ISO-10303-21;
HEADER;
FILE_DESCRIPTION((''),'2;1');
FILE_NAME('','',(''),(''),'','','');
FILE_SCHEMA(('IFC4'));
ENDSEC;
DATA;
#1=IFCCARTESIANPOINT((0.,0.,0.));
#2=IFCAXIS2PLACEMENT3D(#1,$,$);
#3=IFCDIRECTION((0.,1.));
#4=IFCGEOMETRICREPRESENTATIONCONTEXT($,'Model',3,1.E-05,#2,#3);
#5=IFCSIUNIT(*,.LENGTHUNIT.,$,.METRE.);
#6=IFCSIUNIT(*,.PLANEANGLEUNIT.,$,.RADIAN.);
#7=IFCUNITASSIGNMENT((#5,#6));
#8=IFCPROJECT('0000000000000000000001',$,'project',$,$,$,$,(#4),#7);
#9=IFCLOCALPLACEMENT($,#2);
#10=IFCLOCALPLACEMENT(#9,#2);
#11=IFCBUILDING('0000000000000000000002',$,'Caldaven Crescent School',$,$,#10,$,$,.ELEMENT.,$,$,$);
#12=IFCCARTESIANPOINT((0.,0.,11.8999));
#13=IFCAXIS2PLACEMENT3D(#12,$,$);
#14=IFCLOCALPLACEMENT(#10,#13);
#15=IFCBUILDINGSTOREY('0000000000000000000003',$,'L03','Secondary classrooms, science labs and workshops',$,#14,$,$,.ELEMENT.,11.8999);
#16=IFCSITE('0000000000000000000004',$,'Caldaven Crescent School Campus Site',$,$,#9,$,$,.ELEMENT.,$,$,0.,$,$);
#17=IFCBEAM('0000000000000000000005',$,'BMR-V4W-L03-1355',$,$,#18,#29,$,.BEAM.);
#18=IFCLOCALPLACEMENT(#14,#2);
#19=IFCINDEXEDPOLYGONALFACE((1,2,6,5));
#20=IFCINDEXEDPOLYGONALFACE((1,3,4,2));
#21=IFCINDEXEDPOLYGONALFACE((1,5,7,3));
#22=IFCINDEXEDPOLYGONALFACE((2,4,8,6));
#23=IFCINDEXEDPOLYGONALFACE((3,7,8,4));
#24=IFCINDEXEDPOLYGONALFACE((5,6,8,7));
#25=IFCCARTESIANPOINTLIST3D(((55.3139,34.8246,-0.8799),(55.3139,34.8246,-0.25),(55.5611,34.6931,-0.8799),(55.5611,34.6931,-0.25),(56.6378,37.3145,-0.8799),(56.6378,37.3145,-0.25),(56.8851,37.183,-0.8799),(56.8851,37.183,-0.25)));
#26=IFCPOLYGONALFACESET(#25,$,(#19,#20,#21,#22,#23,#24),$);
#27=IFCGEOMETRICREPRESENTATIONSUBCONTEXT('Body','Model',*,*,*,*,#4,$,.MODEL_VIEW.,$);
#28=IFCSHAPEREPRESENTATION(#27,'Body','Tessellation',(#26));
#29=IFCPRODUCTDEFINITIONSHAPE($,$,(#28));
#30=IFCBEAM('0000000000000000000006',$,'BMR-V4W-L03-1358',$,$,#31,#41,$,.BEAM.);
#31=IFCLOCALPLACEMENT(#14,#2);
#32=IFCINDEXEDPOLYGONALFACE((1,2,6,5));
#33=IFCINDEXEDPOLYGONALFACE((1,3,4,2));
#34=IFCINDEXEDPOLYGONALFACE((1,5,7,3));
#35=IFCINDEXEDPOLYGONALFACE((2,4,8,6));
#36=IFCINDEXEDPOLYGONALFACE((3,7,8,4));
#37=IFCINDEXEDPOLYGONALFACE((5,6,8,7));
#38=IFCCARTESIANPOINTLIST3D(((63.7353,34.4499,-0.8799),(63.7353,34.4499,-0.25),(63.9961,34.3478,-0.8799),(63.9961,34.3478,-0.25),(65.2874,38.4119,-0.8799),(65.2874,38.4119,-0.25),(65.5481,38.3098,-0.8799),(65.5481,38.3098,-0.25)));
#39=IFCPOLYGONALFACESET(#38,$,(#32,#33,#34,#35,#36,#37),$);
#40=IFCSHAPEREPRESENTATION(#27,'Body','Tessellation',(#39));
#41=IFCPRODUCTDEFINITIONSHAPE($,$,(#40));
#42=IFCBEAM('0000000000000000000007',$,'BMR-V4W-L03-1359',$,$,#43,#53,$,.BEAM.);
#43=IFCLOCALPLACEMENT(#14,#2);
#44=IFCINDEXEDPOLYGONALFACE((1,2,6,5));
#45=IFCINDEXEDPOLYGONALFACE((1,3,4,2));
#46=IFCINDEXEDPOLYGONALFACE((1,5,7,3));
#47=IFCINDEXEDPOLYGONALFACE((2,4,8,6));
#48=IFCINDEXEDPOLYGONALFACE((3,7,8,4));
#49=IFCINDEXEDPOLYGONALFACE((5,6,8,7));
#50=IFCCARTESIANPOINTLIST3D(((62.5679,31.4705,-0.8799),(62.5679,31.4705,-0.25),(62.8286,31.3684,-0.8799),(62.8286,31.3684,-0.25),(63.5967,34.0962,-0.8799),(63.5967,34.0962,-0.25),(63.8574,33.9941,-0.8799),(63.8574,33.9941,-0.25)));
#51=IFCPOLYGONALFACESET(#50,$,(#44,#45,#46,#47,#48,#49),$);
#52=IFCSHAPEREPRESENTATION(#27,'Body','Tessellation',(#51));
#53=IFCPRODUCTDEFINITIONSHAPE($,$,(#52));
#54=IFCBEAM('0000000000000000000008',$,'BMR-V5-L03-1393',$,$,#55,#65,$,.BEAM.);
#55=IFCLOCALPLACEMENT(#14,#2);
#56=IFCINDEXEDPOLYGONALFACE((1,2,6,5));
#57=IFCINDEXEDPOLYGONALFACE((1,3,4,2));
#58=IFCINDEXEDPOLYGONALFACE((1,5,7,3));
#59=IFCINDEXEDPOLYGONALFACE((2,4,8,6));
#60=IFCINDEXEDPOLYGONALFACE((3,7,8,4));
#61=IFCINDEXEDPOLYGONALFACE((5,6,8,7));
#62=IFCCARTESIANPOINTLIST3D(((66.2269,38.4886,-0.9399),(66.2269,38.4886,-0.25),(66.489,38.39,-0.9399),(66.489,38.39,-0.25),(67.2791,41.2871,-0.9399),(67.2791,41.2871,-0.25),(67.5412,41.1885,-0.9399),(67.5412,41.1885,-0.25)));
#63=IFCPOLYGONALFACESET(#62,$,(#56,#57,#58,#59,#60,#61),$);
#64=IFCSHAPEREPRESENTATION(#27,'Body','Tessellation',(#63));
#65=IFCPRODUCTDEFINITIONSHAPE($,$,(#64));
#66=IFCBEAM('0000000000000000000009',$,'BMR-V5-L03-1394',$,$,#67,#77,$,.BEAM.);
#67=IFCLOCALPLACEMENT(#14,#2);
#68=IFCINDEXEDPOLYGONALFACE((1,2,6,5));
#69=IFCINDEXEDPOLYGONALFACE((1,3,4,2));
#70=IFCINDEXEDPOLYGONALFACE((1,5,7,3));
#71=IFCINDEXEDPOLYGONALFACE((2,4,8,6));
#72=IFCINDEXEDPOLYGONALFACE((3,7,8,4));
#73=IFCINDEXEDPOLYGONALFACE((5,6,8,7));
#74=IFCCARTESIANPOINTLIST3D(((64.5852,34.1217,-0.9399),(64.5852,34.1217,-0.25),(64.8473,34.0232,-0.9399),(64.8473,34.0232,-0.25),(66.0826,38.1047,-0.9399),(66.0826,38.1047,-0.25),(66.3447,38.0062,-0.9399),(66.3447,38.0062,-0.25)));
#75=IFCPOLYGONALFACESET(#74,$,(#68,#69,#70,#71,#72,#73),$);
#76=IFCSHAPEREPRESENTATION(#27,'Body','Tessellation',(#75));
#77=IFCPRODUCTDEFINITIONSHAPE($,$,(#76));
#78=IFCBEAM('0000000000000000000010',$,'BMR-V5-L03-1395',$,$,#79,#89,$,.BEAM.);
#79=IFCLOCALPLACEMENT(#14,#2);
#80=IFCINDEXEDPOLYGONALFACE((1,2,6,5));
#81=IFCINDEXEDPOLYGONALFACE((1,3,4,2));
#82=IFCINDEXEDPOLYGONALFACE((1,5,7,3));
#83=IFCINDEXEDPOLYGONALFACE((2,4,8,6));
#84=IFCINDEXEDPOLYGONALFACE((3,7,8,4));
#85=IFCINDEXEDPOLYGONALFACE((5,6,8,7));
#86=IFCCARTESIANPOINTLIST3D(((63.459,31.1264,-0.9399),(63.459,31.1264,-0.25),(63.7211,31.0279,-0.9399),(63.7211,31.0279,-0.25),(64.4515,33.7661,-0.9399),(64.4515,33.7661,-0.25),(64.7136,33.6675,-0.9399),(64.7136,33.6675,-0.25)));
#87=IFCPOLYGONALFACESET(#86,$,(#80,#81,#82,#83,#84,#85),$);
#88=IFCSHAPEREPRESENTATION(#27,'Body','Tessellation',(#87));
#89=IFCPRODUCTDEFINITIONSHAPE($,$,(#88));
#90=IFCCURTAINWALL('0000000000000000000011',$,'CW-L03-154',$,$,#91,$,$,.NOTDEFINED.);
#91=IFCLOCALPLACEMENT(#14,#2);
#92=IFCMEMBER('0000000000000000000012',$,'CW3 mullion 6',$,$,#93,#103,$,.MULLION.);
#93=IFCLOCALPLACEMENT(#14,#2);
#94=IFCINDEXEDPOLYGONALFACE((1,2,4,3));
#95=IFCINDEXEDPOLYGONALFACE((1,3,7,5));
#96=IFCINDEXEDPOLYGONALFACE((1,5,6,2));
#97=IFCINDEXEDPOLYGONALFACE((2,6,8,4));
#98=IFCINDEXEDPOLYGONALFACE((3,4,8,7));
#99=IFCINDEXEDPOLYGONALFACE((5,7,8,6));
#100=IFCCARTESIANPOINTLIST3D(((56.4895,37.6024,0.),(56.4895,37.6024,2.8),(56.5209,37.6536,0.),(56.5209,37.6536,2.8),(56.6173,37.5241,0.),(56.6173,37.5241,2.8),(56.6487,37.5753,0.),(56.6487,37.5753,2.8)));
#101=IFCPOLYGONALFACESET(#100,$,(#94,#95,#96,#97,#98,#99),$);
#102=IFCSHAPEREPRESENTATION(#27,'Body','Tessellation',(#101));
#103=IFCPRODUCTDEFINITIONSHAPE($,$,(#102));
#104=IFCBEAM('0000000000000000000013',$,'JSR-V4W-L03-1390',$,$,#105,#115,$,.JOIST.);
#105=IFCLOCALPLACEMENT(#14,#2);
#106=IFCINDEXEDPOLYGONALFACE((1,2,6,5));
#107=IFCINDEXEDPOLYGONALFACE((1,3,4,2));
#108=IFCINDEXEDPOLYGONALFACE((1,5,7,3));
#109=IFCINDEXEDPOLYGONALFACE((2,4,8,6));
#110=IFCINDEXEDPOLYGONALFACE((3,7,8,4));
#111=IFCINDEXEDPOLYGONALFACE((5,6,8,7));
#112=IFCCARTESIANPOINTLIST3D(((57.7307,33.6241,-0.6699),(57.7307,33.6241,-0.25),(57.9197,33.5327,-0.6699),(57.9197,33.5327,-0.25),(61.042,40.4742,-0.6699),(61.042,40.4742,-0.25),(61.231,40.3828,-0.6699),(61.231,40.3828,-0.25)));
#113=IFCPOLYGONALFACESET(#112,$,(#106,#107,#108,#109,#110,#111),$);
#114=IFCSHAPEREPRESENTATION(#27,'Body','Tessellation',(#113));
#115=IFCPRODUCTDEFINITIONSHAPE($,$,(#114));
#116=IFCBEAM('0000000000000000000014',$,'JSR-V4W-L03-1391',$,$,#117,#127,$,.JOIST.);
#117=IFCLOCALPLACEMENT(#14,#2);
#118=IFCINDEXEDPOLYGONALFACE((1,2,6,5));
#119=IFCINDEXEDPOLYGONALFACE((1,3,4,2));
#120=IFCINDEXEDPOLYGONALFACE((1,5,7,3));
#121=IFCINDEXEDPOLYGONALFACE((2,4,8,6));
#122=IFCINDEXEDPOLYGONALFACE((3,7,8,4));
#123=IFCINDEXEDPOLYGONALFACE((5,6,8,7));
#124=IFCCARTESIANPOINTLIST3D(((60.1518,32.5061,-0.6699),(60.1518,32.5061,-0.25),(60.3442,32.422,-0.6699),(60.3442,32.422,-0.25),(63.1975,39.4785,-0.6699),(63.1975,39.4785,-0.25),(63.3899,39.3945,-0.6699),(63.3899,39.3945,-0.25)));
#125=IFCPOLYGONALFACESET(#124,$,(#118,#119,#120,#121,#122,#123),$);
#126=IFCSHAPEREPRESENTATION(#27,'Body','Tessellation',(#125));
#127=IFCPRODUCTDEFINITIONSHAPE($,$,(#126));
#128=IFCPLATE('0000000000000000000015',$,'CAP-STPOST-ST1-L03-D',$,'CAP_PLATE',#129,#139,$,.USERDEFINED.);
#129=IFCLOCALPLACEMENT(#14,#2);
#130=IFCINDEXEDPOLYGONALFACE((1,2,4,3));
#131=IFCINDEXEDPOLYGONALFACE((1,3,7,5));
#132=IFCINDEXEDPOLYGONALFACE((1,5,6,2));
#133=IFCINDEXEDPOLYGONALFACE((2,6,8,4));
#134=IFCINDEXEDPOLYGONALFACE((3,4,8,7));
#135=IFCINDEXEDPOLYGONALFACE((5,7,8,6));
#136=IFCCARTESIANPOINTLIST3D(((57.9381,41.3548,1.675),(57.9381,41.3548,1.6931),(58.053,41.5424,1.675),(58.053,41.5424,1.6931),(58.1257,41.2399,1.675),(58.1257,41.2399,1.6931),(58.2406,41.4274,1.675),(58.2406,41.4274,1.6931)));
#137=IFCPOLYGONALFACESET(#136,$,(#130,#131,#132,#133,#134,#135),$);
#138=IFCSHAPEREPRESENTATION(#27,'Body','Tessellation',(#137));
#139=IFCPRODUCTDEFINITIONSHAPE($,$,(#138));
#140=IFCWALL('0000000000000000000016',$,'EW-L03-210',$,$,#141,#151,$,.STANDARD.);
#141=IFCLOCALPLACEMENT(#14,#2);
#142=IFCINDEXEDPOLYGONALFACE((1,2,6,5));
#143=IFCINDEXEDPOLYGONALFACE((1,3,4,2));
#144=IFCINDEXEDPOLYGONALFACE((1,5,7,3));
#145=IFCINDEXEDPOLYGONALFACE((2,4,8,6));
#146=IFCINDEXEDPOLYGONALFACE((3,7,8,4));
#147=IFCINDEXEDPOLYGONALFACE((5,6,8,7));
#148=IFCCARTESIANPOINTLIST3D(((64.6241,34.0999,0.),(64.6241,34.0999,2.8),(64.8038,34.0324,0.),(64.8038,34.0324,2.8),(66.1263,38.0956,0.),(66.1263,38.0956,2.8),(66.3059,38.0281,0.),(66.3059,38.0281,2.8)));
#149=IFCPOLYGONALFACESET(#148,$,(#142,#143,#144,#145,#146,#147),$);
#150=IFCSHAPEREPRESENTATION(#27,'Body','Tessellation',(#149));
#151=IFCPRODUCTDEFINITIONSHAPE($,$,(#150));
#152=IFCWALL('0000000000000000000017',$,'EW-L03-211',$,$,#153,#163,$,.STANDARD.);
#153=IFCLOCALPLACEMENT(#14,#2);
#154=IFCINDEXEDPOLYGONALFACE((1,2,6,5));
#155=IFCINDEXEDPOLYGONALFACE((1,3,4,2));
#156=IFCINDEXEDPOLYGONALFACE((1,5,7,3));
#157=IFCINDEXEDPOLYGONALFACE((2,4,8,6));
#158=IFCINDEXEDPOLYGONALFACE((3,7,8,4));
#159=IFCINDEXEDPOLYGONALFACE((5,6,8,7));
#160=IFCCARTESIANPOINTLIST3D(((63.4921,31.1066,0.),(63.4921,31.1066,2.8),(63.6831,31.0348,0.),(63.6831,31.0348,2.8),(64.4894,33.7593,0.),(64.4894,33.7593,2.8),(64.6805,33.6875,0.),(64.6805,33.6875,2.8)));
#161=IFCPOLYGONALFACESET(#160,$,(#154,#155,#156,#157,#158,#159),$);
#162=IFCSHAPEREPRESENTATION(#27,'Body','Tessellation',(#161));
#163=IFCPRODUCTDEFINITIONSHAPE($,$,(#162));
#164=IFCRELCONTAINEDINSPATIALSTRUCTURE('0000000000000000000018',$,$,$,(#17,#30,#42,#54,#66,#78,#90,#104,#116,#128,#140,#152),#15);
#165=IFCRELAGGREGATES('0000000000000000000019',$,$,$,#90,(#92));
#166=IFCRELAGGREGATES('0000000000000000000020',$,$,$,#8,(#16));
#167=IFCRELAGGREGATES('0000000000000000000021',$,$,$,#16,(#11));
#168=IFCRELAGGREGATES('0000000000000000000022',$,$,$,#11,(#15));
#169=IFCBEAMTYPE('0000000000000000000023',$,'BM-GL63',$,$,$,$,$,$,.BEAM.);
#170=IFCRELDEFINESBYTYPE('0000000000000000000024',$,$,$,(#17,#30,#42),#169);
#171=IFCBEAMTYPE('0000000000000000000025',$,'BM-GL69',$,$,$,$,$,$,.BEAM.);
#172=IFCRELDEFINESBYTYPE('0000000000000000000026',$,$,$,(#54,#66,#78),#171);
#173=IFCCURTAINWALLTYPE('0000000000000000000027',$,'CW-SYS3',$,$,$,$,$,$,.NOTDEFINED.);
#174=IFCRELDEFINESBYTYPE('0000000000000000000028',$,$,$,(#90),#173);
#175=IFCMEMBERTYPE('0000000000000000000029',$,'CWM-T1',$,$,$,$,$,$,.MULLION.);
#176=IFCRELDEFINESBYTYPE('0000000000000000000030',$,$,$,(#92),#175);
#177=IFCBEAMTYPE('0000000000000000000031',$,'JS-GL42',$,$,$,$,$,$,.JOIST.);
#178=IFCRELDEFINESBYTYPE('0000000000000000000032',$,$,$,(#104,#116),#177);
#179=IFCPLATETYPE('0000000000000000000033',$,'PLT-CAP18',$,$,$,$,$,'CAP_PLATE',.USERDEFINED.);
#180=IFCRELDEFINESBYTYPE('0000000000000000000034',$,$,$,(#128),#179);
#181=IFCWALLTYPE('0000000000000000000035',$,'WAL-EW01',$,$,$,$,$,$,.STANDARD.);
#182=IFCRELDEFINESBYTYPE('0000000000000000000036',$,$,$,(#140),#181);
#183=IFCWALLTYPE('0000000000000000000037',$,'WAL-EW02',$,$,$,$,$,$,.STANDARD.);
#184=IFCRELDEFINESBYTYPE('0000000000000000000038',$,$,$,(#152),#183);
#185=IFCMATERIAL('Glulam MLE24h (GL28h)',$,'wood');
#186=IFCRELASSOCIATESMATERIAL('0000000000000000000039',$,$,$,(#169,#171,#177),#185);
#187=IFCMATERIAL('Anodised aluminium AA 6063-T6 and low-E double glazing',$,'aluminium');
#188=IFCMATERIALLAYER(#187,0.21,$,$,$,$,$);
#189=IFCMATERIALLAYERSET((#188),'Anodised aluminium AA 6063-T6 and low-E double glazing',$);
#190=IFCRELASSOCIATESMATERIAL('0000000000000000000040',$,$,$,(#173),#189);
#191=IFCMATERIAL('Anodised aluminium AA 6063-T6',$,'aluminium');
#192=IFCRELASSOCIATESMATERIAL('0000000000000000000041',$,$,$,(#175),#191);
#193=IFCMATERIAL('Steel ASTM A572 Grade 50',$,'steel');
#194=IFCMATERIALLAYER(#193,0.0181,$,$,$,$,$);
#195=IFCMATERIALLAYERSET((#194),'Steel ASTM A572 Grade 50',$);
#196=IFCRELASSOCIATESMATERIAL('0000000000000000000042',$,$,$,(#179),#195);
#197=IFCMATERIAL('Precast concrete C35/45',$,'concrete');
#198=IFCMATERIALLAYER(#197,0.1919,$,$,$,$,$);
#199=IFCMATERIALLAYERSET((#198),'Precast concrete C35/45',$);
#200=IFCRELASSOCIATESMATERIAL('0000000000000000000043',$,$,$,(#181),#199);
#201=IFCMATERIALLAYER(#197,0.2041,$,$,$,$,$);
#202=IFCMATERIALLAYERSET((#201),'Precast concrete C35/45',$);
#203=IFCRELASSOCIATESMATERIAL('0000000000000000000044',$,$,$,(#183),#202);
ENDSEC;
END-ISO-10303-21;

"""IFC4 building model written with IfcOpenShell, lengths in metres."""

from ifc_helpers import new_model, si_unit, direction, frame, frame_2d, origin, origin_2d, place, context, subcontext, project, spatial, rectangle, extrude, material, layer, layer_set, material_profile, profile_set, type_object, element, aggregate, save


model = new_model("IFC4")

# Units and contexts
model_context = context("Model", 3, precision=1e-05, world=origin(), true_north=direction((0.0, 1.0)))
body_context = subcontext(model_context, "Body", "Model", "MODEL_VIEW")
ifc_project = project(units=[si_unit("LENGTHUNIT", "METRE"), si_unit("PLANEANGLEUNIT", "RADIAN")], contexts=[model_context])

# Site, building, storey
site_placement = place(None, origin())
site = spatial("IfcSite", under=ifc_project, at=site_placement, Name="Caldaven Crescent School Campus Site", CompositionType="ELEMENT", RefElevation=0.0)
building_placement = place(site_placement, origin())
building = spatial("IfcBuilding", under=site, at=building_placement, Name="Caldaven Crescent School", CompositionType="ELEMENT")
storey_placement = place(building_placement, frame((0.0, 0.0, 11.8999)))
storey = spatial("IfcBuildingStorey", under=building, at=storey_placement, Name="L03", Description="Secondary classrooms, science labs and workshops", CompositionType="ELEMENT", Elevation=11.8999)

# Shared definitions
ifc_material_1 = material(Name="Glulam MLE24h (GL28h)", Category="wood")
ifc_material_2 = material(Name="Steel ASTM A572 Grade 50", Category="steel")

# Beams
ifc_material_profile_1 = material_profile(ifc_material_1, rectangle(XDim=0.28, YDim=0.6299, at=origin_2d()), Name="MLE 280x630")
ifc_profile_set_1 = profile_set([ifc_material_profile_1], Name="Glulam MLE24h (GL28h)")
beam_type_1 = type_object("IfcBeamType", Name="BM-GL63", PredefinedType="BEAM", material=ifc_profile_set_1)
beam_1_placement = place(storey_placement, frame((56.7615, 37.2488, -0.5649), z_axis=(-0.469478, -0.882944, 0.0), x_axis=(0.882944, -0.469478, 0.0)))
element("IfcBeam", 1, at=beam_1_placement, inside=storey, type_object=beam_type_1, Name="BMR-V4W-L03-1355", PredefinedType="BEAM", context=body_context, shape_type="SweptSolid", body=[
    extrude(rectangle(XDim=0.28, YDim=0.6299, at=origin_2d()), origin(), (0.0, 0.0, 1.0), 2.8201),
])
beam_2_placement = place(storey_placement, frame((65.4177, 38.3608, -0.5649), z_axis=(-0.364743, -0.931108, 0.0), x_axis=(0.931108, -0.364743, 0.0)))
element("IfcBeam", 2, at=beam_2_placement, inside=storey, type_object=beam_type_1, Name="BMR-V4W-L03-1358", PredefinedType="BEAM", context=body_context, shape_type="SweptSolid", body=[
    extrude(rectangle(XDim=0.28, YDim=0.6299, at=origin_2d()), origin(), (0.0, 0.0, 1.0), 4.2551),
])
beam_3_placement = place(storey_placement, frame((63.7271, 34.0452, -0.5649), z_axis=(-0.364814, -0.93108, 0.0), x_axis=(0.93108, -0.364814, 0.0)))
element("IfcBeam", 3, at=beam_3_placement, inside=storey, type_object=beam_type_1, Name="BMR-V4W-L03-1359", PredefinedType="BEAM", context=body_context, shape_type="SweptSolid", body=[
    extrude(rectangle(XDim=0.28, YDim=0.6299, at=origin_2d()), origin(), (0.0, 0.0, 1.0), 2.8201),
])
ifc_material_profile_2 = material_profile(ifc_material_1, rectangle(XDim=0.28, YDim=0.6899, at=origin_2d()), Name="MLE 280x690")
ifc_profile_set_2 = profile_set([ifc_material_profile_2], Name="Glulam MLE24h (GL28h)")
beam_type_2 = type_object("IfcBeamType", Name="BM-GL69", PredefinedType="BEAM", material=ifc_profile_set_2)
beam_4_placement = place(storey_placement, frame((67.4102, 41.2378, -0.595), z_axis=(-0.351938, -0.936023, 0.0), x_axis=(0.936023, -0.351938, 0.0)))
element("IfcBeam", 4, at=beam_4_placement, inside=storey, type_object=beam_type_2, Name="BMR-V5-L03-1393", PredefinedType="BEAM", context=body_context, shape_type="SweptSolid", body=[
    extrude(rectangle(XDim=0.28, YDim=0.6899, at=origin_2d()), origin(), (0.0, 0.0, 1.0), 2.9897),
])
beam_5_placement = place(storey_placement, frame((66.2136, 38.0554, -0.595), z_axis=(-0.35189, -0.936041, 0.0), x_axis=(0.936041, -0.35189, 0.0)))
element("IfcBeam", 5, at=beam_5_placement, inside=storey, type_object=beam_type_2, Name="BMR-V5-L03-1394", PredefinedType="BEAM", context=body_context, shape_type="SweptSolid", body=[
    extrude(rectangle(XDim=0.28, YDim=0.6899, at=origin_2d()), origin(), (0.0, 0.0, 1.0), 4.2551),
])
beam_6_placement = place(storey_placement, frame((64.5825, 33.7168, -0.595), z_axis=(-0.35192, -0.93603, 0.0), x_axis=(0.93603, -0.35192, 0.0)))
element("IfcBeam", 6, at=beam_6_placement, inside=storey, type_object=beam_type_2, Name="BMR-V5-L03-1395", PredefinedType="BEAM", context=body_context, shape_type="SweptSolid", body=[
    extrude(rectangle(XDim=0.28, YDim=0.6899, at=origin_2d()), origin(), (0.0, 0.0, 1.0), 2.8201),
])

# Curtain wall, member
ifc_material_3 = material(Name="Anodised aluminium AA 6063-T6 and low-E double glazing", Category="aluminium")
ifc_layer_1 = layer(ifc_material_3, 0.21)
ifc_layer_set_1 = layer_set([ifc_layer_1], Name="Anodised aluminium AA 6063-T6 and low-E double glazing")
curtain_wall_type = type_object("IfcCurtainWallType", Name="CW-SYS3", PredefinedType="NOTDEFINED", material=ifc_layer_set_1)
curtain_wall_placement = place(storey_placement, origin())
curtain_wall = element("IfcCurtainWall", 7, at=curtain_wall_placement, inside=storey, type_object=curtain_wall_type, Name="CW-L03-154", PredefinedType="NOTDEFINED")
ifc_material_4 = material(Name="Anodised aluminium AA 6063-T6", Category="aluminium")
ifc_material_profile_3 = material_profile(ifc_material_4, rectangle(XDim=0.0601, YDim=0.1499, at=origin_2d()), Name="CWM 60x150")
ifc_profile_set_3 = profile_set([ifc_material_profile_3], Name="Anodised aluminium AA 6063-T6")
member_type = type_object("IfcMemberType", Name="CWM-T1", PredefinedType="MULLION", material=ifc_profile_set_3)
member_placement = place(storey_placement, frame((56.5691, 37.5889, 0.0), z_axis=(0.0, 0.0, 1.0), x_axis=(0.522498, 0.85264, 0.0)))
member = element("IfcMember", 8, at=member_placement, type_object=member_type, Name="CW3 mullion 6", PredefinedType="MULLION", context=body_context, shape_type="SweptSolid", body=[
    extrude(rectangle(XDim=0.0601, YDim=0.1499, at=origin_2d()), origin(), (0.0, 0.0, 1.0), 2.8),
])
aggregate(curtain_wall, [member])

# Beams
ifc_material_profile_4 = material_profile(ifc_material_1, rectangle(XDim=0.21, YDim=0.4199, at=origin_2d()), Name="MLE 210x420")
ifc_profile_set_4 = profile_set([ifc_material_profile_4], Name="Glulam MLE24h (GL28h)")
beam_type_3 = type_object("IfcBeamType", Name="JS-GL42", PredefinedType="JOIST", material=ifc_profile_set_4)
beam_7_placement = place(storey_placement, frame((61.1365, 40.4285, -0.46), z_axis=(-0.435211, -0.900328, 0.0), x_axis=(0.900328, -0.435211, 0.0)))
element("IfcBeam", 9, at=beam_7_placement, inside=storey, type_object=beam_type_3, Name="JSR-V4W-L03-1390", PredefinedType="JOIST", context=body_context, shape_type="SweptSolid", body=[
    extrude(rectangle(XDim=0.21, YDim=0.4199, at=origin_2d()), origin(), (0.0, 0.0, 1.0), 7.6084),
])
beam_8_placement = place(storey_placement, frame((63.2937, 39.4365, -0.46), z_axis=(-0.400292, -0.916388, 0.0), x_axis=(0.916388, -0.400292, 0.0)))
element("IfcBeam", 10, at=beam_8_placement, inside=storey, type_object=beam_type_3, Name="JSR-V4W-L03-1391", PredefinedType="JOIST", context=body_context, shape_type="SweptSolid", body=[
    extrude(rectangle(XDim=0.21, YDim=0.4199, at=origin_2d()), origin(), (0.0, 0.0, 1.0), 7.6086),
])

# Plate
ifc_layer_2 = layer(ifc_material_2, 0.0181)
ifc_layer_set_2 = layer_set([ifc_layer_2], Name="Steel ASTM A572 Grade 50")
plate_type = type_object("IfcPlateType", Name="PLT-CAP18", ElementType="CAP_PLATE", PredefinedType="USERDEFINED", material=ifc_layer_set_2)
plate_placement = place(storey_placement, frame((58.0894, 41.3911, 1.675), z_axis=(0.0, 0.0, 1.0), x_axis=(0.85264, -0.522499, 0.0)))
element("IfcPlate", 11, at=plate_placement, inside=storey, type_object=plate_type, Name="CAP-STPOST-ST1-L03-D", ObjectType="CAP_PLATE", PredefinedType="USERDEFINED", context=body_context, shape_type="SweptSolid", body=[
    extrude(rectangle(XDim=0.22, YDim=0.22, at=origin_2d()), origin(), (0.0, 0.0, 1.0), 0.0181),
])

# Walls
ifc_material_5 = material(Name="Precast concrete C35/45", Category="concrete")
ifc_layer_3 = layer(ifc_material_5, 0.1919)
ifc_layer_set_3 = layer_set([ifc_layer_3], Name="Precast concrete C35/45")
wall_type_1 = type_object("IfcWallType", Name="WAL-EW01", PredefinedType="STANDARD", material=ifc_layer_set_3)
wall_1_placement = place(storey_placement, frame((66.2161, 38.0618, 0.0), z_axis=(0.0, 0.0, 1.0), x_axis=(-0.351894, -0.93604, 0.0)))
element("IfcWall", 12, at=wall_1_placement, inside=storey, type_object=wall_type_1, Name="EW-L03-210", PredefinedType="STANDARD", context=body_context, shape_type="SweptSolid", body=[
    extrude(rectangle(XDim=4.2688, YDim=0.1919, at=frame_2d((2.1343, 0.0))), origin(), (0.0, 0.0, 1.0), 2.8),
])
ifc_layer_4 = layer(ifc_material_5, 0.2041)
ifc_layer_set_4 = layer_set([ifc_layer_4], Name="Precast concrete C35/45")
wall_type_2 = type_object("IfcWallType", Name="WAL-EW02", PredefinedType="STANDARD", material=ifc_layer_set_4)
wall_2_placement = place(storey_placement, frame((64.585, 33.7234, 0.0), z_axis=(0.0, 0.0, 1.0), x_axis=(-0.351926, -0.936028, 0.0)))
element("IfcWall", 13, at=wall_2_placement, inside=storey, type_object=wall_type_2, Name="EW-L03-211", PredefinedType="STANDARD", context=body_context, shape_type="SweptSolid", body=[
    extrude(rectangle(XDim=2.834, YDim=0.2041, at=frame_2d((1.417, 0.0))), origin(), (0.0, 0.0, 1.0), 2.8),
])

save(model, "model.ifc")
